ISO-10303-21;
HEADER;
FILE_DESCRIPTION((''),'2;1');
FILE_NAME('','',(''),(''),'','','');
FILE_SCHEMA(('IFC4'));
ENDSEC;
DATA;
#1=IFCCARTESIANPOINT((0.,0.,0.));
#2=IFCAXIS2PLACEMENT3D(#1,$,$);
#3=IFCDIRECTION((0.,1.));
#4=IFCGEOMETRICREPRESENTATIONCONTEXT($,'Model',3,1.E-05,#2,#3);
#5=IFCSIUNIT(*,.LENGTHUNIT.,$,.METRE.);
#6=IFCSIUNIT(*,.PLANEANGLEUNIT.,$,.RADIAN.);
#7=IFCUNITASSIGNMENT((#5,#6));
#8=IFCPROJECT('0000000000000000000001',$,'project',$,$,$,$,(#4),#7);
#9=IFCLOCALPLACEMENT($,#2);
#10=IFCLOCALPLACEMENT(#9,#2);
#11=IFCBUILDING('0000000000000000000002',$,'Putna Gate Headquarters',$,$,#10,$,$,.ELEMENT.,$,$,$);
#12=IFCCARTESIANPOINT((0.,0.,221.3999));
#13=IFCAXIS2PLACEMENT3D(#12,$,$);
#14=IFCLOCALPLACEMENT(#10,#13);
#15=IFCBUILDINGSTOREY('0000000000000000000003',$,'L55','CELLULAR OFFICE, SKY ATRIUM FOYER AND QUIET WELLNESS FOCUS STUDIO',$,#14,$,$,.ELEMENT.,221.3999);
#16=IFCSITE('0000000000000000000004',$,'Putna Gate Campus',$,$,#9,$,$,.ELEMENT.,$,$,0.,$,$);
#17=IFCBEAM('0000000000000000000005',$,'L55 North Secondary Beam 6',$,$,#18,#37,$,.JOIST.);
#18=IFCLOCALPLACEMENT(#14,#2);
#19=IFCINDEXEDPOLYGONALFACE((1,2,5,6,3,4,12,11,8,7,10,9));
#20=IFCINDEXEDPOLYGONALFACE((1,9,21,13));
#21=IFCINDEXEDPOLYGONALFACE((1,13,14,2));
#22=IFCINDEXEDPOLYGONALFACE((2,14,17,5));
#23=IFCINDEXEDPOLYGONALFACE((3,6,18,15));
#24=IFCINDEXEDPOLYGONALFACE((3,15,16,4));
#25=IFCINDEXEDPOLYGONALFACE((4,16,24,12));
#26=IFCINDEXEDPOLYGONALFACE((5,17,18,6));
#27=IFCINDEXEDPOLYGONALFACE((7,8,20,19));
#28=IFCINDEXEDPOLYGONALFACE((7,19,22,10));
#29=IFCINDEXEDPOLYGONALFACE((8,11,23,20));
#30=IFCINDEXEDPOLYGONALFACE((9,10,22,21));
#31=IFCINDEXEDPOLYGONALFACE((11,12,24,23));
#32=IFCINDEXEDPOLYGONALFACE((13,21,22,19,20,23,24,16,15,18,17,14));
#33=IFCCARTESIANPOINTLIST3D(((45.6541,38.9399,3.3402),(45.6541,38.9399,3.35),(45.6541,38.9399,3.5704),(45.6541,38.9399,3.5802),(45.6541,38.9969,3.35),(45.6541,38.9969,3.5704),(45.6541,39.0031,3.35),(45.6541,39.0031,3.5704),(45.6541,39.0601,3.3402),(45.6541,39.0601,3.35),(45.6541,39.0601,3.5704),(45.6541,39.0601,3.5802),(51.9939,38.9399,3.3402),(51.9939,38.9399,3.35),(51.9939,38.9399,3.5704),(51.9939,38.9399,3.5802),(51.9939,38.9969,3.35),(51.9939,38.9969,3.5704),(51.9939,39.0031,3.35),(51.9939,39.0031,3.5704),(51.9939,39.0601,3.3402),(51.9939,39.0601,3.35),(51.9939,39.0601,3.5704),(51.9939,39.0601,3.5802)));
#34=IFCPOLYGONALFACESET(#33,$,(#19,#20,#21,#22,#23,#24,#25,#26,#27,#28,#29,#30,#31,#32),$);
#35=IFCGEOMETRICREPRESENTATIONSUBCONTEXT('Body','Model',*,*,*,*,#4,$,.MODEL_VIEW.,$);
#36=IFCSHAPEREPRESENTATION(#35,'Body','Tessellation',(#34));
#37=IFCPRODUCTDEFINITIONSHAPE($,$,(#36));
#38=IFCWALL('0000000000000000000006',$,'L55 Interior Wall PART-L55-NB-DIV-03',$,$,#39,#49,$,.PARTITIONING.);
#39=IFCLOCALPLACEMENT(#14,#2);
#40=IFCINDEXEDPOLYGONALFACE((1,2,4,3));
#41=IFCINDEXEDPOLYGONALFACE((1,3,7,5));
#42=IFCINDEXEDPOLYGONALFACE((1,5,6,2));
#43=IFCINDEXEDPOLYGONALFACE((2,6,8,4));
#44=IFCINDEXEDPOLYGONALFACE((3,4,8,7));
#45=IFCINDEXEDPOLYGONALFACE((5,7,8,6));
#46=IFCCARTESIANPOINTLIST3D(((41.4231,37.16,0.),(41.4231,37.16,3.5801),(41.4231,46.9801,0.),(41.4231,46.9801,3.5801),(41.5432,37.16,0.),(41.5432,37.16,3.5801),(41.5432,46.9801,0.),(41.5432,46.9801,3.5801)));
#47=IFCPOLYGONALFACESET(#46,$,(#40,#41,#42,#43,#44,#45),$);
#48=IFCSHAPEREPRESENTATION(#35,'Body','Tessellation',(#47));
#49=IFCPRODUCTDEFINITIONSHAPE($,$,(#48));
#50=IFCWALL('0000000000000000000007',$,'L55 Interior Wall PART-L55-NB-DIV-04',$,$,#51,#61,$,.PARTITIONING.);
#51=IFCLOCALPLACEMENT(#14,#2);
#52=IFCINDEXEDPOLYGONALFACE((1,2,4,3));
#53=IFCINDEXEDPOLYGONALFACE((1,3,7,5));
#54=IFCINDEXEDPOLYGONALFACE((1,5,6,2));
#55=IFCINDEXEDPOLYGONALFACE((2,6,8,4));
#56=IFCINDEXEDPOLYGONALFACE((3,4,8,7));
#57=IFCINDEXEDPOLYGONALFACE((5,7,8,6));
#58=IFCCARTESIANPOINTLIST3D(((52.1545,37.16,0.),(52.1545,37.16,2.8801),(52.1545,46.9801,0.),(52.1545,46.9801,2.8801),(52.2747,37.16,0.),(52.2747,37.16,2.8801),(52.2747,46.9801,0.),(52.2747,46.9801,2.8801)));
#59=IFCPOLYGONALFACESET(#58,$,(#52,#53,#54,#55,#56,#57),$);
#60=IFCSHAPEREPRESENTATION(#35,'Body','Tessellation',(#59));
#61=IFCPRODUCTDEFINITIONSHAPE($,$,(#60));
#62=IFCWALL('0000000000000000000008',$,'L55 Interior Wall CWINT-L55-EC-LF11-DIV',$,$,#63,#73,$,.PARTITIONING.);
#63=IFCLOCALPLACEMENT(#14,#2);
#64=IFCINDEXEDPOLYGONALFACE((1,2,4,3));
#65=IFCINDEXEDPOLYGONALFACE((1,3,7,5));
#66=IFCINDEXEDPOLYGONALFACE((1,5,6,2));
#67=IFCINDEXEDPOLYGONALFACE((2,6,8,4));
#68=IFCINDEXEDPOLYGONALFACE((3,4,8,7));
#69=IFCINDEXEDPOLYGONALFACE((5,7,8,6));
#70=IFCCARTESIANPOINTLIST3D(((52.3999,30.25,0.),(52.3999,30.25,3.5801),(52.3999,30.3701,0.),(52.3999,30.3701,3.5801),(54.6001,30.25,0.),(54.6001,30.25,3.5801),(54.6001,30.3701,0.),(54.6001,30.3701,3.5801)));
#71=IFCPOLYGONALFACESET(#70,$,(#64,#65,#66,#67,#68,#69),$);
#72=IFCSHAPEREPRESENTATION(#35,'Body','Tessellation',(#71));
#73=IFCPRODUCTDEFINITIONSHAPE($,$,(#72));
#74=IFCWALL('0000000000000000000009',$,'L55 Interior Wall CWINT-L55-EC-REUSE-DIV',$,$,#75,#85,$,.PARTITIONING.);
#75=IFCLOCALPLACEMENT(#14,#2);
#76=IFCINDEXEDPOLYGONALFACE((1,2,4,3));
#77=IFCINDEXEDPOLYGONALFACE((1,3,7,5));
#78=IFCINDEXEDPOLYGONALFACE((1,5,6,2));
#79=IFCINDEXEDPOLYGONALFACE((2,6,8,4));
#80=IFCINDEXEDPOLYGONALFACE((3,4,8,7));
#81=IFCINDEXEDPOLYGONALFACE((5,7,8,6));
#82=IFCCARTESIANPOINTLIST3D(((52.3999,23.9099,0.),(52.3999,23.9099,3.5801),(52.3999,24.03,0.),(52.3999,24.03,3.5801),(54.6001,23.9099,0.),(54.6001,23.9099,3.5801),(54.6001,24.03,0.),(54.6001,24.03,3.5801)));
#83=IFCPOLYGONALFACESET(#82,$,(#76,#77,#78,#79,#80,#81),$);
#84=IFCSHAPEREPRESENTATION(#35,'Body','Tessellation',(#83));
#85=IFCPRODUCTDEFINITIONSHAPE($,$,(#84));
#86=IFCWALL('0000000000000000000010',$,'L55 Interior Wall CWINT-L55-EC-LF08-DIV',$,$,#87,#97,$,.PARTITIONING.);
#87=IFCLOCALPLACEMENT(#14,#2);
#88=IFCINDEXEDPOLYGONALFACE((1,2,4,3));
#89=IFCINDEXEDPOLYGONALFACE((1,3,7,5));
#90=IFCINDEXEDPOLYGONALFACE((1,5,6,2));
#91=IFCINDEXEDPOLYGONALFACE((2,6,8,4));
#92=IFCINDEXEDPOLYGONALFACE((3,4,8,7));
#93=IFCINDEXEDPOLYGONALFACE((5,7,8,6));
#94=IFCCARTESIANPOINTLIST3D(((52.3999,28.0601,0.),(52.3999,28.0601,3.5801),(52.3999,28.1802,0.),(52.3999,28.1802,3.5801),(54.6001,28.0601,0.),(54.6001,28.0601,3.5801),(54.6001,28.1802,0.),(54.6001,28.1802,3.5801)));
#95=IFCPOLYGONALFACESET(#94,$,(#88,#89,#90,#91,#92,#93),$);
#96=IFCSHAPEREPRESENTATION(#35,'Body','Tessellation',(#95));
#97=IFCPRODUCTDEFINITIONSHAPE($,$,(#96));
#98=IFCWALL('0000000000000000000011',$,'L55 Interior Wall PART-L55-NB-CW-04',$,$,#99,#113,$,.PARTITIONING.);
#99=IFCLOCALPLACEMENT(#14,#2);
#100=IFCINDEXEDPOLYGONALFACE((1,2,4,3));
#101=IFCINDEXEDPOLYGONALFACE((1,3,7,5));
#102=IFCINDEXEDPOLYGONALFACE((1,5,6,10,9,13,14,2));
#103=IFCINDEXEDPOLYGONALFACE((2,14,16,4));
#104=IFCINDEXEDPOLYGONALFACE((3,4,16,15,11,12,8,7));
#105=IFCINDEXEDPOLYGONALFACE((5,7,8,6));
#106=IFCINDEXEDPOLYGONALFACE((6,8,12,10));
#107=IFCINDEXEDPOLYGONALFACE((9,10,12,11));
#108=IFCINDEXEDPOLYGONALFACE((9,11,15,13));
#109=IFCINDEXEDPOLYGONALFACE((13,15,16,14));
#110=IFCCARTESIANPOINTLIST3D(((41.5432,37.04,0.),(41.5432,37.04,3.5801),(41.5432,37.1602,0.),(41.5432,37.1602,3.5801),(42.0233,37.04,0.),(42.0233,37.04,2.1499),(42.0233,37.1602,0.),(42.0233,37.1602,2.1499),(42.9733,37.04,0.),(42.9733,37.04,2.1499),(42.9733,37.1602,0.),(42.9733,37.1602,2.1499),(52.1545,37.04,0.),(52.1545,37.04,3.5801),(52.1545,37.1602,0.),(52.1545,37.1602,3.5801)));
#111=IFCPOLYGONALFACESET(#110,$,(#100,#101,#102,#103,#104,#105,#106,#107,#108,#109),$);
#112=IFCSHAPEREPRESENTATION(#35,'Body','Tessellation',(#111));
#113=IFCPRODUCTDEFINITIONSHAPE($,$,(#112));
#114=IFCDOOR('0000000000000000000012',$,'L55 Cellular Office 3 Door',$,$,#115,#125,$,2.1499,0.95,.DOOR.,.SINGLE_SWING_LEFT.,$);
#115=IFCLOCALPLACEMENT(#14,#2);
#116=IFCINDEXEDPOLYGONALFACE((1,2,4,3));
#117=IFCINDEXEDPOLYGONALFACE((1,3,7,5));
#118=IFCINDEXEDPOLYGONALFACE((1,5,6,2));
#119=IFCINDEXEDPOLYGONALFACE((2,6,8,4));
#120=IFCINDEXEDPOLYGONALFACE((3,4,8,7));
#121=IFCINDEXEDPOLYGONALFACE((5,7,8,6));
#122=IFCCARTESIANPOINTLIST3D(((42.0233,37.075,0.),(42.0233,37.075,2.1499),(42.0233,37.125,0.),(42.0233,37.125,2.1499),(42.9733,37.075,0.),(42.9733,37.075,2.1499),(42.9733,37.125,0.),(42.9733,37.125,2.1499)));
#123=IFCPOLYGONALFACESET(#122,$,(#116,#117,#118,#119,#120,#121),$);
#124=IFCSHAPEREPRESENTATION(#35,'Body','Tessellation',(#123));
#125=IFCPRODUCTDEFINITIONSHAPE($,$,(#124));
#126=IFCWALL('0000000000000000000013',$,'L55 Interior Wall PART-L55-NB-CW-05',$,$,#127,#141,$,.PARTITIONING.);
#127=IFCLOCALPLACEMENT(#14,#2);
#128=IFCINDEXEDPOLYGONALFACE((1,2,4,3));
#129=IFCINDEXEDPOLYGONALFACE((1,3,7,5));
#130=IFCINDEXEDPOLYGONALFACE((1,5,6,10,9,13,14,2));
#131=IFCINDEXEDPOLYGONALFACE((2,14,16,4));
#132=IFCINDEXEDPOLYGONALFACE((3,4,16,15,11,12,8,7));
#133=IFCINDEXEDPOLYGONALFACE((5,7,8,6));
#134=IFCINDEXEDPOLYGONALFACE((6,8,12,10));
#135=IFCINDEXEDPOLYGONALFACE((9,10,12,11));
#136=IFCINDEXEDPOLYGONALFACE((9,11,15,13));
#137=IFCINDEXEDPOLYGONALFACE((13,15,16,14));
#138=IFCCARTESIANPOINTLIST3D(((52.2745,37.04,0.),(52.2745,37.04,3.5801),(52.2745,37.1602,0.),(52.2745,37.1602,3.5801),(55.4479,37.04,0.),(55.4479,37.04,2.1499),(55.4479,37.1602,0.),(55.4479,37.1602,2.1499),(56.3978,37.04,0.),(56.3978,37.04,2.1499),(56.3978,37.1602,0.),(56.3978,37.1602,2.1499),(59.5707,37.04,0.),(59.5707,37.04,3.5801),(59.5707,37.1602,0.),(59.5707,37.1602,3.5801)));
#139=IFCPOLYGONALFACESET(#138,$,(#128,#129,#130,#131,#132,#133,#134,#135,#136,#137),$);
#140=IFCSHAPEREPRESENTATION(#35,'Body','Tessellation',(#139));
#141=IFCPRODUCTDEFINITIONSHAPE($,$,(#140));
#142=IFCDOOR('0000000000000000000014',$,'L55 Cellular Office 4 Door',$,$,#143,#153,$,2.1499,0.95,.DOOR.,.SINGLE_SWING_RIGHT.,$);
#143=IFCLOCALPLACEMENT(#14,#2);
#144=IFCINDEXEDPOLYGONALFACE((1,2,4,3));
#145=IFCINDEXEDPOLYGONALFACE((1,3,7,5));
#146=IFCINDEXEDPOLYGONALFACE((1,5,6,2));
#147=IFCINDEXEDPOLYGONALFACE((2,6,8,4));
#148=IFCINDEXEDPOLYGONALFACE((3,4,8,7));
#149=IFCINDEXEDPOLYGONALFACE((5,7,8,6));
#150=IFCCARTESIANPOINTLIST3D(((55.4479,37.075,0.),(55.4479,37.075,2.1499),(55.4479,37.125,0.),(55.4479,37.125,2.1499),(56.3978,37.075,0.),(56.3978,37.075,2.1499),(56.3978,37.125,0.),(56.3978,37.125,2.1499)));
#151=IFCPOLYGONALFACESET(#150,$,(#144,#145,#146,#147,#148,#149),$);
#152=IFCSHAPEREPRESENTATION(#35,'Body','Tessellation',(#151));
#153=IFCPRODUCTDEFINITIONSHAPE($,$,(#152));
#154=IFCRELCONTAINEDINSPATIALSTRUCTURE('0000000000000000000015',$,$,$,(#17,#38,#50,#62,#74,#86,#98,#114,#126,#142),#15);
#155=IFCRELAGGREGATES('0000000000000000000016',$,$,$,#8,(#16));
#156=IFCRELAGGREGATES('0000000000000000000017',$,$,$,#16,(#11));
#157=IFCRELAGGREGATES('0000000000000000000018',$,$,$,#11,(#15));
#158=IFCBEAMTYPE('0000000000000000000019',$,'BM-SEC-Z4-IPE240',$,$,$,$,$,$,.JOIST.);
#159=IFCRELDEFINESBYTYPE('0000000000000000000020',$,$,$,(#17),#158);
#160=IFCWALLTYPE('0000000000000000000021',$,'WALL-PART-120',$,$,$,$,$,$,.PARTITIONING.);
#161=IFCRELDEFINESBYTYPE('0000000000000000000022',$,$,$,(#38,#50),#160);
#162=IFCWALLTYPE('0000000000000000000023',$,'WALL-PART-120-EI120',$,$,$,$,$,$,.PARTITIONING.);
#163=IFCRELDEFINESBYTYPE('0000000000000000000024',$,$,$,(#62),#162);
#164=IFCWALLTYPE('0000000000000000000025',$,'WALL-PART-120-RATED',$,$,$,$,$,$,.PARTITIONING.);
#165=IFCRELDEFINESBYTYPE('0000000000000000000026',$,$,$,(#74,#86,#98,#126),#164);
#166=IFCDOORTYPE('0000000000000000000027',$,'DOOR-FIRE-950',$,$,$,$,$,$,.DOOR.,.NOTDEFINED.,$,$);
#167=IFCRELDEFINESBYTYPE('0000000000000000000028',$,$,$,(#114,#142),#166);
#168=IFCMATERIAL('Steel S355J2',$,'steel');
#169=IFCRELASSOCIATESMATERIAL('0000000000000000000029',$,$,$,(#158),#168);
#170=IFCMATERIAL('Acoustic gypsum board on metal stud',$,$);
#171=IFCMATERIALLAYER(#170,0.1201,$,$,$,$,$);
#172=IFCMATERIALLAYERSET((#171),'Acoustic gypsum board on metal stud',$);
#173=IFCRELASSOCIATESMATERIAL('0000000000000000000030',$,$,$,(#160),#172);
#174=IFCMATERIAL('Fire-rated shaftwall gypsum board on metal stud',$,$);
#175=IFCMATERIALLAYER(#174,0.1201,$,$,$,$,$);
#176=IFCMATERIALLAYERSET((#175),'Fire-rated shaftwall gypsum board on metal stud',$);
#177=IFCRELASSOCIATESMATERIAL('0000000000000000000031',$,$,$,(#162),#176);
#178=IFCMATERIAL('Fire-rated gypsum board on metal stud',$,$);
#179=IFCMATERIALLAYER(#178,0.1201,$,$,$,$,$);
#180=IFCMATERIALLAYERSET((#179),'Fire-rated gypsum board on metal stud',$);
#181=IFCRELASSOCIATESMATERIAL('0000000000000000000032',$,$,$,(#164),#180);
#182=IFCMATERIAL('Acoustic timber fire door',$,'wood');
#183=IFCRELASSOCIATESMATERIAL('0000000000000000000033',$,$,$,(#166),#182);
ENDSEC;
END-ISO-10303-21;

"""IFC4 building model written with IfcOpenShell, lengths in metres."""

from ifc_helpers import new_model, si_unit, direction, frame, frame_2d, origin, origin_2d, place, context, subcontext, project, spatial, rectangle, i_section, extrude, material, layer, layer_set, material_profile, profile_set, type_object, element, fill, save


model = new_model("IFC4")

# Units and contexts
model_context = context("Model", 3, precision=1e-05, world=origin(), true_north=direction((0.0, 1.0)))
body_context = subcontext(model_context, "Body", "Model", "MODEL_VIEW")
ifc_project = project(units=[si_unit("LENGTHUNIT", "METRE"), si_unit("PLANEANGLEUNIT", "RADIAN")], contexts=[model_context])

# Site, building, storey
site_placement = place(None, origin())
site = spatial("IfcSite", under=ifc_project, at=site_placement, Name="Putna Gate Campus", CompositionType="ELEMENT", RefElevation=0.0)
building_placement = place(site_placement, origin())
building = spatial("IfcBuilding", under=site, at=building_placement, Name="Putna Gate Headquarters", CompositionType="ELEMENT")
storey_placement = place(building_placement, frame((0.0, 0.0, 221.3999)))
storey = spatial("IfcBuildingStorey", under=building, at=storey_placement, Name="L55", Description="CELLULAR OFFICE, SKY ATRIUM FOYER AND QUIET WELLNESS FOCUS STUDIO", CompositionType="ELEMENT", Elevation=221.3999)

# Beam
ifc_material_1 = material(Name="Steel S355J2", Category="steel")
ifc_material_profile_1 = material_profile(ifc_material_1, i_section(OverallWidth=0.1201, OverallDepth=0.24, WebThickness=0.0061, FlangeThickness=0.0098, at=origin_2d()), Name="Steel S355J2")
ifc_profile_set_1 = profile_set([ifc_material_profile_1], Name="Steel S355J2")
beam_type_1 = type_object("IfcBeamType", Name="BM-SEC-Z4-IPE240", PredefinedType="JOIST", material=ifc_profile_set_1)
beam_1_placement = place(storey_placement, frame((45.6541, 39.0, 3.4602), z_axis=(1.0, 0.0, 0.0), x_axis=(0.0, 1.0, 0.0)))
element("IfcBeam", 1, at=beam_1_placement, inside=storey, type_object=beam_type_1, Name="L55 North Secondary Beam 6", PredefinedType="JOIST", context=body_context, shape_type="SweptSolid", body=[
    extrude(i_section(OverallWidth=0.1201, OverallDepth=0.24, WebThickness=0.0061, FlangeThickness=0.0098, at=origin_2d()), origin(), (0.0, 0.0, 1.0), 6.3398),
])

# Shared definitions
ifc_material_2 = material(Name="Acoustic gypsum board on metal stud")
ifc_layer_1 = layer(ifc_material_2, 0.1201)
ifc_layer_set_1 = layer_set([ifc_layer_1], Name="Acoustic gypsum board on metal stud")
wall_type_1 = type_object("IfcWallType", Name="WALL-PART-120", PredefinedType="PARTITIONING", material=ifc_layer_set_1)

# Walls
wall_1_placement = place(storey_placement, frame((41.4832, 37.1599, 0.0), z_axis=(0.0, 0.0, 1.0), x_axis=(0.0, 1.0, 0.0)))
element("IfcWall", 2, at=wall_1_placement, inside=storey, type_object=wall_type_1, Name="L55 Interior Wall PART-L55-NB-DIV-03", PredefinedType="PARTITIONING", context=body_context, shape_type="SweptSolid", body=[
    extrude(rectangle(XDim=9.8201, YDim=0.1201, at=frame_2d((4.9102, 0.0))), origin(), (0.0, 0.0, 1.0), 3.5801),
])
wall_2_placement = place(storey_placement, frame((52.2146, 37.1599, 0.0), z_axis=(0.0, 0.0, 1.0), x_axis=(0.0, 1.0, 0.0)))
element("IfcWall", 3, at=wall_2_placement, inside=storey, type_object=wall_type_1, Name="L55 Interior Wall PART-L55-NB-DIV-04", PredefinedType="PARTITIONING", context=body_context, shape_type="SweptSolid", body=[
    extrude(rectangle(XDim=9.8201, YDim=0.1201, at=frame_2d((4.9102, 0.0))), origin(), (0.0, 0.0, 1.0), 2.8801),
])
ifc_material_3 = material(Name="Fire-rated shaftwall gypsum board on metal stud")
ifc_layer_2 = layer(ifc_material_3, 0.1201)
ifc_layer_set_2 = layer_set([ifc_layer_2], Name="Fire-rated shaftwall gypsum board on metal stud")
wall_type_2 = type_object("IfcWallType", Name="WALL-PART-120-EI120", PredefinedType="PARTITIONING", material=ifc_layer_set_2)
wall_3_placement = place(storey_placement, frame((52.3999, 30.3101, 0.0), z_axis=(0.0, 0.0, 1.0), x_axis=(1.0, 0.0, 0.0)))
element("IfcWall", 4, at=wall_3_placement, inside=storey, type_object=wall_type_2, Name="L55 Interior Wall CWINT-L55-EC-LF11-DIV", PredefinedType="PARTITIONING", context=body_context, shape_type="SweptSolid", body=[
    extrude(rectangle(XDim=2.2002, YDim=0.1201, at=frame_2d((1.1001, 0.0))), origin(), (0.0, 0.0, 1.0), 3.5801),
])
ifc_material_4 = material(Name="Fire-rated gypsum board on metal stud")
ifc_layer_3 = layer(ifc_material_4, 0.1201)
ifc_layer_set_3 = layer_set([ifc_layer_3], Name="Fire-rated gypsum board on metal stud")
wall_type_3 = type_object("IfcWallType", Name="WALL-PART-120-RATED", PredefinedType="PARTITIONING", material=ifc_layer_set_3)
for number, where, z_axis, x_axis, name in (
    (5, (52.3999, 23.97, 0.0), (0.0, 0.0, 1.0), (1.0, 0.0, 0.0), "L55 Interior Wall CWINT-L55-EC-REUSE-DIV"),
    (6, (52.3999, 28.1201, 0.0), (0.0, 0.0, 1.0), (1.0, 0.0, 0.0), "L55 Interior Wall CWINT-L55-EC-LF08-DIV"),
):
    element("IfcWall", number, at=place(storey_placement, frame(where, z_axis=z_axis, x_axis=x_axis)), inside=storey, type_object=wall_type_3, Name=name, PredefinedType="PARTITIONING", context=body_context, shape_type="SweptSolid", body=[
        extrude(rectangle(XDim=2.2002, YDim=0.1201, at=frame_2d((1.1001, 0.0))), origin(), (0.0, 0.0, 1.0), 3.5801),
    ])

# Walls, openings, doors
wall_4_placement = place(storey_placement, frame((41.5432, 37.1001, 0.0), z_axis=(0.0, 0.0, 1.0), x_axis=(1.0, 0.0, 0.0)))
wall_4 = element("IfcWall", 7, at=wall_4_placement, inside=storey, type_object=wall_type_3, Name="L55 Interior Wall PART-L55-NB-CW-04", PredefinedType="PARTITIONING", context=body_context, shape_type="SweptSolid", body=[
    extrude(rectangle(XDim=10.6113, YDim=0.1201, at=frame_2d((5.3057, 0.0))), origin(), (0.0, 0.0, 1.0), 3.5801),
])
opening_1_placement = place(wall_4_placement, frame((0.48, 0.0, 0.0)))
opening_1 = element("IfcOpeningElement", 8, at=opening_1_placement, cuts=wall_4, PredefinedType="OPENING", context=body_context, shape_type="SweptSolid", body=[
    extrude(rectangle(XDim=0.95, YDim=2.1499, at=frame_2d((0.4751, 1.075))), frame((0.0, 0.0701, 0.0), z_axis=(0.0, -1.0, 0.0), x_axis=(1.0, 0.0, 0.0)), (0.0, 0.0, 1.0), 0.1401),
])
ifc_material_5 = material(Name="Acoustic timber fire door", Category="wood")
door_type_1 = type_object("IfcDoorType", Name="DOOR-FIRE-950", OperationType="NOTDEFINED", PredefinedType="DOOR", material=ifc_material_5)
door_1_placement = place(opening_1_placement, origin())
door_1 = element("IfcDoor", 9, at=door_1_placement, inside=storey, type_object=door_type_1, Name="L55 Cellular Office 3 Door", OperationType="SINGLE_SWING_LEFT", OverallHeight=2.1499, OverallWidth=0.95, PredefinedType="DOOR", context=body_context, shape_type="SweptSolid", body=[
    extrude(rectangle(XDim=0.95, YDim=2.1499, at=frame_2d((0.4751, 1.075))), frame((0.0, 0.0249, 0.0), z_axis=(0.0, -1.0, 0.0), x_axis=(1.0, 0.0, 0.0)), (0.0, 0.0, 1.0), 0.05),
])
fill(opening_1, door_1)
wall_5_placement = place(storey_placement, frame((52.2747, 37.1001, 0.0), z_axis=(0.0, 0.0, 1.0), x_axis=(1.0, 0.0, 0.0)))
wall_5 = element("IfcWall", 10, at=wall_5_placement, inside=storey, type_object=wall_type_3, Name="L55 Interior Wall PART-L55-NB-CW-05", PredefinedType="PARTITIONING", context=body_context, shape_type="SweptSolid", body=[
    extrude(rectangle(XDim=7.2961, YDim=0.1201, at=frame_2d((3.6479, 0.0))), origin(), (0.0, 0.0, 1.0), 3.5801),
])
opening_2_placement = place(wall_5_placement, frame((3.1731, 0.0, 0.0)))
opening_2 = element("IfcOpeningElement", 11, at=opening_2_placement, cuts=wall_5, PredefinedType="OPENING", context=body_context, shape_type="SweptSolid", body=[
    extrude(rectangle(XDim=0.95, YDim=2.1499, at=frame_2d((0.4751, 1.075))), frame((0.0, 0.0701, 0.0), z_axis=(0.0, -1.0, 0.0), x_axis=(1.0, 0.0, 0.0)), (0.0, 0.0, 1.0), 0.1401),
])
door_2_placement = place(opening_2_placement, origin())
door_2 = element("IfcDoor", 12, at=door_2_placement, inside=storey, type_object=door_type_1, Name="L55 Cellular Office 4 Door", OperationType="SINGLE_SWING_RIGHT", OverallHeight=2.1499, OverallWidth=0.95, PredefinedType="DOOR", context=body_context, shape_type="SweptSolid", body=[
    extrude(rectangle(XDim=0.95, YDim=2.1499, at=frame_2d((0.4751, 1.075))), frame((0.0, 0.0249, 0.0), z_axis=(0.0, -1.0, 0.0), x_axis=(1.0, 0.0, 0.0)), (0.0, 0.0, 1.0), 0.05),
])
fill(opening_2, door_2)

save(model, "model.ifc")
